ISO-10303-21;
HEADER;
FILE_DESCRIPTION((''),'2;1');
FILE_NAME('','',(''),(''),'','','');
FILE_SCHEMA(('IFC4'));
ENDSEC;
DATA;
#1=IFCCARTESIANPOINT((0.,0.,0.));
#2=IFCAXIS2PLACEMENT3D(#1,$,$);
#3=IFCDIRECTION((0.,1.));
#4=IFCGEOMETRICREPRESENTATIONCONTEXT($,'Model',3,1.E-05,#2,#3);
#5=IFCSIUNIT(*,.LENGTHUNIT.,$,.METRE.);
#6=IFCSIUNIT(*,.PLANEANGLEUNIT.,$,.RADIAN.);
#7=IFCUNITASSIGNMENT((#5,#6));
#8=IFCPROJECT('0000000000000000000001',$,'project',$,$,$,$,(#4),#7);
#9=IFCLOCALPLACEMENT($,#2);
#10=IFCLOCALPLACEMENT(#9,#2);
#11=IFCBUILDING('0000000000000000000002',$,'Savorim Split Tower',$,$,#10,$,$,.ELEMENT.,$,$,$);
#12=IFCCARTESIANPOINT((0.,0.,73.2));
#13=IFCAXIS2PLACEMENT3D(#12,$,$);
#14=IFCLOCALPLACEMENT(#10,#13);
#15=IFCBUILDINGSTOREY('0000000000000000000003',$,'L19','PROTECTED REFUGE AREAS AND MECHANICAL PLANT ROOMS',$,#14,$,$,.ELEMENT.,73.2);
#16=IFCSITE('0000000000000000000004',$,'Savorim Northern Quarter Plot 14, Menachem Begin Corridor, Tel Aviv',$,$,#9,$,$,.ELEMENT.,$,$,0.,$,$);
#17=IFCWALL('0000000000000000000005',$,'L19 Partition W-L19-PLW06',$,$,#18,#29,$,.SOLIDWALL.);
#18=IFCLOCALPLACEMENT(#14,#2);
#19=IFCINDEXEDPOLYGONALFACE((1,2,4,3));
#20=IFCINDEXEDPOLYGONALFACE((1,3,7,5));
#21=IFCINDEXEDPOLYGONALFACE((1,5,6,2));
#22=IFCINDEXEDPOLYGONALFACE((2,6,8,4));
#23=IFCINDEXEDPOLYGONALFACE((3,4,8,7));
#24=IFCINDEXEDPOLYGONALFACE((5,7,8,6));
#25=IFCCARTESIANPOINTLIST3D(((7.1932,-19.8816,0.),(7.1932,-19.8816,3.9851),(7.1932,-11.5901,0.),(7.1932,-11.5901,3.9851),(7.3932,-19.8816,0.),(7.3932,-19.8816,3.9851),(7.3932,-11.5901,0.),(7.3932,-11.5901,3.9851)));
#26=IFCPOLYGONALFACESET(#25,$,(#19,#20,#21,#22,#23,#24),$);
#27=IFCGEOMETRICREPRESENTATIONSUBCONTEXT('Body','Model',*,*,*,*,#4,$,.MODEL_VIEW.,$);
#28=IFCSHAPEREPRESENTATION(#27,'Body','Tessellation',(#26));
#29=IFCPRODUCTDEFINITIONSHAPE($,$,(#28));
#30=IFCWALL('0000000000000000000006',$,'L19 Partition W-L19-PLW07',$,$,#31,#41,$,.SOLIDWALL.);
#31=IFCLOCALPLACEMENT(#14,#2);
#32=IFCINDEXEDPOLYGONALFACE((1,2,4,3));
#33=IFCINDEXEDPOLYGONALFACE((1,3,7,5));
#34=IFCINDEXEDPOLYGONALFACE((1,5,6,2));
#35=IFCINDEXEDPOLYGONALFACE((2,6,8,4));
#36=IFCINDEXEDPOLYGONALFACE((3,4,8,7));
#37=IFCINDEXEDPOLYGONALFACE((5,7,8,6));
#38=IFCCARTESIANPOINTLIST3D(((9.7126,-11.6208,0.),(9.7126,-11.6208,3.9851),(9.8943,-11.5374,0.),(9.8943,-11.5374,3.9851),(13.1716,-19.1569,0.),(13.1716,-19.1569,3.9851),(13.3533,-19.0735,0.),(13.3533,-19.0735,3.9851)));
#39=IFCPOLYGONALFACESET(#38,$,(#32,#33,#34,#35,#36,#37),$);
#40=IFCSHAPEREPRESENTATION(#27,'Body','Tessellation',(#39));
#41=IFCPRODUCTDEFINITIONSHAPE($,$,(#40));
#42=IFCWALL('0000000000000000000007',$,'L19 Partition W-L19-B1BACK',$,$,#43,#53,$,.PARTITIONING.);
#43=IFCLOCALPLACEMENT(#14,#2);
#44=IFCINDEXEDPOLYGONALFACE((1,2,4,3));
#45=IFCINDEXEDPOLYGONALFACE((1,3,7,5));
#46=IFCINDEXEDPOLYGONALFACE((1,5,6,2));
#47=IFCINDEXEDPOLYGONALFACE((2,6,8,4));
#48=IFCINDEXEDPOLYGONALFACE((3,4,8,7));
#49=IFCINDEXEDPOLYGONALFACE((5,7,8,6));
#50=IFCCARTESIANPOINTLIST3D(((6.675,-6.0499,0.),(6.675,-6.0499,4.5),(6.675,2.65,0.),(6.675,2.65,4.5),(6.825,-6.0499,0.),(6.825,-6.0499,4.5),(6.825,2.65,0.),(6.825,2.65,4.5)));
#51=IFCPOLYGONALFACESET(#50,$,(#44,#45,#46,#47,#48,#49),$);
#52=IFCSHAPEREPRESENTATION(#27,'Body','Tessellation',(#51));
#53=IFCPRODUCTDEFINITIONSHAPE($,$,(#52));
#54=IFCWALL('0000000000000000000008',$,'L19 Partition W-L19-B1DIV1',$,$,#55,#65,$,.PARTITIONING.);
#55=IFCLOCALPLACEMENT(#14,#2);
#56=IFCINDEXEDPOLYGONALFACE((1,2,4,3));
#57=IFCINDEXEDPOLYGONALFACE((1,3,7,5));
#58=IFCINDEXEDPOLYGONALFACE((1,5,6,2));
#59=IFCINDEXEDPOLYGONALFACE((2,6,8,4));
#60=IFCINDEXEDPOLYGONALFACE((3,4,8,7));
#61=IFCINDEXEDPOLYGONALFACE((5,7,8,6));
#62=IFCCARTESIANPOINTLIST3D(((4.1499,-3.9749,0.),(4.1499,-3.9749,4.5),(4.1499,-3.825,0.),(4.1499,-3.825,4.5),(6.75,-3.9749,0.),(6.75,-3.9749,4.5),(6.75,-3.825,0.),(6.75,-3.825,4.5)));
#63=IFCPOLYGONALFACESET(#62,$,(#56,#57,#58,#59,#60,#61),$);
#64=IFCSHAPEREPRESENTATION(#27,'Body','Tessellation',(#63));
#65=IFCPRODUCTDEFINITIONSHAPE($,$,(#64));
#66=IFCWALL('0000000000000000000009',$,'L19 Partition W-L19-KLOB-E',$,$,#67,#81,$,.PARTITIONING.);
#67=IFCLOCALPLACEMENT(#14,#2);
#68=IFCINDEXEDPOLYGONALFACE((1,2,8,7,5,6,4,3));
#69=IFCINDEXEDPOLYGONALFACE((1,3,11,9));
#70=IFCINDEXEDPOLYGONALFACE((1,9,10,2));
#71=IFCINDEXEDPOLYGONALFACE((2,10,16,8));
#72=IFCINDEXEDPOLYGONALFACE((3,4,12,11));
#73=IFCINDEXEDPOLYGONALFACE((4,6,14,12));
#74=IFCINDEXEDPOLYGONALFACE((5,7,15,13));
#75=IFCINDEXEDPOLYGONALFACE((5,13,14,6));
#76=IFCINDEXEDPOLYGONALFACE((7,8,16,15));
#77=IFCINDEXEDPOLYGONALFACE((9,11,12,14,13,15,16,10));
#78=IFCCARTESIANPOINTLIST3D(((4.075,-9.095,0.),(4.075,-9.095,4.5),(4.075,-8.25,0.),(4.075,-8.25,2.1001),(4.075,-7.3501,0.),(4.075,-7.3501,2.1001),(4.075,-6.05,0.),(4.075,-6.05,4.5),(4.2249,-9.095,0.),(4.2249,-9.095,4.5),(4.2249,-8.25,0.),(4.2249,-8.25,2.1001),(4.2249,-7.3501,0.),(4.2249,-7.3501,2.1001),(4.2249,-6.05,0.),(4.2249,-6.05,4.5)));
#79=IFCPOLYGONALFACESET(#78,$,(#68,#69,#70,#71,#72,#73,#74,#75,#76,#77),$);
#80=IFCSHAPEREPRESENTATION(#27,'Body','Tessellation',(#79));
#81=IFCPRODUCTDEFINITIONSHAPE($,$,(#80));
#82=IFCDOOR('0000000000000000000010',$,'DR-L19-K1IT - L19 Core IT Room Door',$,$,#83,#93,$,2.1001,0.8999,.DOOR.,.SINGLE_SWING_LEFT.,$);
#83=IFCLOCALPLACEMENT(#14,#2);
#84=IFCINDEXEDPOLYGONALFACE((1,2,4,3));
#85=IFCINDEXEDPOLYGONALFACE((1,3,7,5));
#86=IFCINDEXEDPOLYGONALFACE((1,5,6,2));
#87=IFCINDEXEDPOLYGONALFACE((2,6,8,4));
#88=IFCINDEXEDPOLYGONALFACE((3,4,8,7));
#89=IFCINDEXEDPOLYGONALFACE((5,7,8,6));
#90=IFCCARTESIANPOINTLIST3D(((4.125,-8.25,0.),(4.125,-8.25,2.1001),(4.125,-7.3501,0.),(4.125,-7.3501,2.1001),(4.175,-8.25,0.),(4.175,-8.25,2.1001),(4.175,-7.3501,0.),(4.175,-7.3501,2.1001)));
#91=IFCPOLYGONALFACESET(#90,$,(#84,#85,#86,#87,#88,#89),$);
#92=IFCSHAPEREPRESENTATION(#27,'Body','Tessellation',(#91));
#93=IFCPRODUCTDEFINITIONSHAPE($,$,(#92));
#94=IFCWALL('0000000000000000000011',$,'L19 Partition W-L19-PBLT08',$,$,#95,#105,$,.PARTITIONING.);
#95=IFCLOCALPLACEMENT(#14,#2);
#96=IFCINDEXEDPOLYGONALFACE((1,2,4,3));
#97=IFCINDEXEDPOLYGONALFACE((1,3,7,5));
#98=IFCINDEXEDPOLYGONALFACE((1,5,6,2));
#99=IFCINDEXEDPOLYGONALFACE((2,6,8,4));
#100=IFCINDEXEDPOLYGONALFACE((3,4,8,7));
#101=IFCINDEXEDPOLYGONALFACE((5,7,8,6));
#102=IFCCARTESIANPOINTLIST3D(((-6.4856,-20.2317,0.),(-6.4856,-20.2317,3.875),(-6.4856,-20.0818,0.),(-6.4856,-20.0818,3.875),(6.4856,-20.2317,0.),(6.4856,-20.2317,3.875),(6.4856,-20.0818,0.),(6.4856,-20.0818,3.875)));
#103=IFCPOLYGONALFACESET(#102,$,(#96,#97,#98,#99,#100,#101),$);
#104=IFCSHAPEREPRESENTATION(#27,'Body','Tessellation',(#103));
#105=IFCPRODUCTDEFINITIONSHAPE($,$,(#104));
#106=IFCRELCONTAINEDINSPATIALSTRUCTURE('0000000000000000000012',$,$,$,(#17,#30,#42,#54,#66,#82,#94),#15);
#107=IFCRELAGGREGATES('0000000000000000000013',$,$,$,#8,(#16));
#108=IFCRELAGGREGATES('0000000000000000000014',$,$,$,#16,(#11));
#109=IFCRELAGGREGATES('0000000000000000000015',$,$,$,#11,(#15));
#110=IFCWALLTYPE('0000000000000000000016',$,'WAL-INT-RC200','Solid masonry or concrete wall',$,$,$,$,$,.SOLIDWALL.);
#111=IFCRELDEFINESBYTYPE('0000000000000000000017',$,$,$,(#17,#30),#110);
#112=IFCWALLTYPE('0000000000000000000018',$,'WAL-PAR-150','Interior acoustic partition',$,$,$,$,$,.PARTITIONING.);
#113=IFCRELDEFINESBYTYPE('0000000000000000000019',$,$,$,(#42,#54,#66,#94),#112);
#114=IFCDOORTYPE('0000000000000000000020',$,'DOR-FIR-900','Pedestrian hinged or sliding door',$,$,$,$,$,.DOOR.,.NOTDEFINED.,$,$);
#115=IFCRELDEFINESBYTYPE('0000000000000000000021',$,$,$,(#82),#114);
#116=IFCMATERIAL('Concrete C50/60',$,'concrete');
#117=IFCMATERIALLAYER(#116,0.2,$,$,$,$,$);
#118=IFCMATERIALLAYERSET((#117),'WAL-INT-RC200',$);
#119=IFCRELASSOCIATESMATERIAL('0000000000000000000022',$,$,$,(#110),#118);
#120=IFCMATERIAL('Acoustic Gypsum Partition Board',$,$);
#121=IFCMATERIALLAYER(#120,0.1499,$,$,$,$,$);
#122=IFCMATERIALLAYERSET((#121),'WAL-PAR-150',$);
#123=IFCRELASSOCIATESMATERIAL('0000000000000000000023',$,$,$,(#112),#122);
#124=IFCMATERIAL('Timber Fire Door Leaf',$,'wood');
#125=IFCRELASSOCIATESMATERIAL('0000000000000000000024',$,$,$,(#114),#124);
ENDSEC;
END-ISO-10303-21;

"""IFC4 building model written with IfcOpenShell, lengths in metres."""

from ifc_helpers import new_model, si_unit, direction, frame, frame_2d, origin, place, context, subcontext, project, spatial, rectangle, extrude, material, layer, layer_set, type_object, element, fill, save


model = new_model("IFC4")

# Units and contexts
model_context = context("Model", 3, precision=1e-05, world=origin(), true_north=direction((0.0, 1.0)))
body_context = subcontext(model_context, "Body", "Model", "MODEL_VIEW")
ifc_project = project(units=[si_unit("LENGTHUNIT", "METRE"), si_unit("PLANEANGLEUNIT", "RADIAN")], contexts=[model_context])

# Site, building, storey
site_placement = place(None, origin())
site = spatial("IfcSite", under=ifc_project, at=site_placement, Name="Savorim Northern Quarter Plot 14, Menachem Begin Corridor, Tel Aviv", CompositionType="ELEMENT", RefElevation=0.0)
building_placement = place(site_placement, origin())
building = spatial("IfcBuilding", under=site, at=building_placement, Name="Savorim Split Tower", CompositionType="ELEMENT")
storey_placement = place(building_placement, frame((0.0, 0.0, 73.2)))
storey = spatial("IfcBuildingStorey", under=building, at=storey_placement, Name="L19", Description="PROTECTED REFUGE AREAS AND MECHANICAL PLANT ROOMS", CompositionType="ELEMENT", Elevation=73.2)

# Shared definitions
ifc_material_1 = material(Name="Concrete C50/60", Category="concrete")
ifc_layer_1 = layer(ifc_material_1, 0.2)
ifc_layer_set_1 = layer_set([ifc_layer_1], Name="WAL-INT-RC200")
wall_type_1 = type_object("IfcWallType", Name="WAL-INT-RC200", Description="Solid masonry or concrete wall", PredefinedType="SOLIDWALL", material=ifc_layer_set_1)

# Shared definitions
ifc_material_2 = material(Name="Timber Fire Door Leaf", Category="wood")

# Walls
wall_1_placement = place(storey_placement, frame((7.2932, -11.5901, 0.0), z_axis=(0.0, 0.0, 1.0), x_axis=(0.0, -1.0, 0.0)))
element("IfcWall", 1, at=wall_1_placement, inside=storey, type_object=wall_type_1, Name="L19 Partition W-L19-PLW06", PredefinedType="SOLIDWALL", context=body_context, shape_type="SweptSolid", body=[
    extrude(rectangle(XDim=8.2915, YDim=0.2, at=frame_2d((4.1458, 0.0))), origin(), (0.0, 0.0, 1.0), 3.9851),
])
wall_2_placement = place(storey_placement, frame((9.8035, -11.5791, 0.0), z_axis=(0.0, 0.0, 1.0), x_axis=(0.417145, -0.90884, 0.0)))
element("IfcWall", 2, at=wall_2_placement, inside=storey, type_object=wall_type_1, Name="L19 Partition W-L19-PLW07", PredefinedType="SOLIDWALL", context=body_context, shape_type="SweptSolid", body=[
    extrude(rectangle(XDim=8.292, YDim=0.2, at=frame_2d((4.146, 0.0))), origin(), (0.0, 0.0, 1.0), 3.9851),
])
ifc_material_3 = material(Name="Acoustic Gypsum Partition Board")
ifc_layer_2 = layer(ifc_material_3, 0.1499)
ifc_layer_set_2 = layer_set([ifc_layer_2], Name="WAL-PAR-150")
wall_type_2 = type_object("IfcWallType", Name="WAL-PAR-150", Description="Interior acoustic partition", PredefinedType="PARTITIONING", material=ifc_layer_set_2)
wall_3_placement = place(storey_placement, frame((6.75, -6.05, 0.0), z_axis=(0.0, 0.0, 1.0), x_axis=(0.0, 1.0, 0.0)))
element("IfcWall", 3, at=wall_3_placement, inside=storey, type_object=wall_type_2, Name="L19 Partition W-L19-B1BACK", PredefinedType="PARTITIONING", context=body_context, shape_type="SweptSolid", body=[
    extrude(rectangle(XDim=8.7, YDim=0.1499, at=frame_2d((4.3501, 0.0))), origin(), (0.0, 0.0, 1.0), 4.5),
])
wall_4_placement = place(storey_placement, frame((4.1499, -3.8999, 0.0), z_axis=(0.0, 0.0, 1.0), x_axis=(1.0, 0.0, 0.0)))
element("IfcWall", 4, at=wall_4_placement, inside=storey, type_object=wall_type_2, Name="L19 Partition W-L19-B1DIV1", PredefinedType="PARTITIONING", context=body_context, shape_type="SweptSolid", body=[
    extrude(rectangle(XDim=2.6001, YDim=0.1499, at=frame_2d((1.3, 0.0))), origin(), (0.0, 0.0, 1.0), 4.5),
])

# Wall, opening, door
wall_5_placement = place(storey_placement, frame((4.1499, -9.095, 0.0), z_axis=(0.0, 0.0, 1.0), x_axis=(0.0, 1.0, 0.0)))
wall_5 = element("IfcWall", 5, at=wall_5_placement, inside=storey, type_object=wall_type_2, Name="L19 Partition W-L19-KLOB-E", PredefinedType="PARTITIONING", context=body_context, shape_type="SweptSolid", body=[
    extrude(rectangle(XDim=3.0449, YDim=0.1499, at=frame_2d((1.5225, 0.0))), origin(), (0.0, 0.0, 1.0), 4.5),
])
opening_1_placement = place(wall_5_placement, frame((0.845, 0.0, 0.0)))
opening_1 = element("IfcOpeningElement", 6, at=opening_1_placement, cuts=wall_5, PredefinedType="OPENING", context=body_context, shape_type="SweptSolid", body=[
    extrude(rectangle(XDim=0.8999, YDim=2.1001, at=frame_2d((0.45, 1.05))), frame((0.0, 0.085, 0.0), z_axis=(0.0, -1.0, 0.0), x_axis=(1.0, 0.0, 0.0)), (0.0, 0.0, 1.0), 0.1699),
])
door_type_1 = type_object("IfcDoorType", Name="DOR-FIR-900", Description="Pedestrian hinged or sliding door", OperationType="NOTDEFINED", PredefinedType="DOOR", material=ifc_material_2)
door_1_placement = place(opening_1_placement, origin())
door_1 = element("IfcDoor", 7, at=door_1_placement, inside=storey, type_object=door_type_1, Name="DR-L19-K1IT - L19 Core IT Room Door", OperationType="SINGLE_SWING_LEFT", OverallHeight=2.1001, OverallWidth=0.8999, PredefinedType="DOOR", context=body_context, shape_type="SweptSolid", body=[
    extrude(rectangle(XDim=0.8999, YDim=2.1001, at=frame_2d((0.45, 1.05))), frame((0.0, 0.0249, 0.0), z_axis=(0.0, -1.0, 0.0), x_axis=(1.0, 0.0, 0.0)), (0.0, 0.0, 1.0), 0.05),
])
fill(opening_1, door_1)

# Wall
wall_6_placement = place(storey_placement, frame((6.4856, -20.1567, 0.0), z_axis=(0.0, 0.0, 1.0), x_axis=(-1.0, 0.0, 0.0)))
element("IfcWall", 8, at=wall_6_placement, inside=storey, type_object=wall_type_2, Name="L19 Partition W-L19-PBLT08", PredefinedType="PARTITIONING", context=body_context, shape_type="SweptSolid", body=[
    extrude(rectangle(XDim=12.9712, YDim=0.1499, at=frame_2d((6.4856, 0.0))), origin(), (0.0, 0.0, 1.0), 3.875),
])

save(model, "model.ifc")
